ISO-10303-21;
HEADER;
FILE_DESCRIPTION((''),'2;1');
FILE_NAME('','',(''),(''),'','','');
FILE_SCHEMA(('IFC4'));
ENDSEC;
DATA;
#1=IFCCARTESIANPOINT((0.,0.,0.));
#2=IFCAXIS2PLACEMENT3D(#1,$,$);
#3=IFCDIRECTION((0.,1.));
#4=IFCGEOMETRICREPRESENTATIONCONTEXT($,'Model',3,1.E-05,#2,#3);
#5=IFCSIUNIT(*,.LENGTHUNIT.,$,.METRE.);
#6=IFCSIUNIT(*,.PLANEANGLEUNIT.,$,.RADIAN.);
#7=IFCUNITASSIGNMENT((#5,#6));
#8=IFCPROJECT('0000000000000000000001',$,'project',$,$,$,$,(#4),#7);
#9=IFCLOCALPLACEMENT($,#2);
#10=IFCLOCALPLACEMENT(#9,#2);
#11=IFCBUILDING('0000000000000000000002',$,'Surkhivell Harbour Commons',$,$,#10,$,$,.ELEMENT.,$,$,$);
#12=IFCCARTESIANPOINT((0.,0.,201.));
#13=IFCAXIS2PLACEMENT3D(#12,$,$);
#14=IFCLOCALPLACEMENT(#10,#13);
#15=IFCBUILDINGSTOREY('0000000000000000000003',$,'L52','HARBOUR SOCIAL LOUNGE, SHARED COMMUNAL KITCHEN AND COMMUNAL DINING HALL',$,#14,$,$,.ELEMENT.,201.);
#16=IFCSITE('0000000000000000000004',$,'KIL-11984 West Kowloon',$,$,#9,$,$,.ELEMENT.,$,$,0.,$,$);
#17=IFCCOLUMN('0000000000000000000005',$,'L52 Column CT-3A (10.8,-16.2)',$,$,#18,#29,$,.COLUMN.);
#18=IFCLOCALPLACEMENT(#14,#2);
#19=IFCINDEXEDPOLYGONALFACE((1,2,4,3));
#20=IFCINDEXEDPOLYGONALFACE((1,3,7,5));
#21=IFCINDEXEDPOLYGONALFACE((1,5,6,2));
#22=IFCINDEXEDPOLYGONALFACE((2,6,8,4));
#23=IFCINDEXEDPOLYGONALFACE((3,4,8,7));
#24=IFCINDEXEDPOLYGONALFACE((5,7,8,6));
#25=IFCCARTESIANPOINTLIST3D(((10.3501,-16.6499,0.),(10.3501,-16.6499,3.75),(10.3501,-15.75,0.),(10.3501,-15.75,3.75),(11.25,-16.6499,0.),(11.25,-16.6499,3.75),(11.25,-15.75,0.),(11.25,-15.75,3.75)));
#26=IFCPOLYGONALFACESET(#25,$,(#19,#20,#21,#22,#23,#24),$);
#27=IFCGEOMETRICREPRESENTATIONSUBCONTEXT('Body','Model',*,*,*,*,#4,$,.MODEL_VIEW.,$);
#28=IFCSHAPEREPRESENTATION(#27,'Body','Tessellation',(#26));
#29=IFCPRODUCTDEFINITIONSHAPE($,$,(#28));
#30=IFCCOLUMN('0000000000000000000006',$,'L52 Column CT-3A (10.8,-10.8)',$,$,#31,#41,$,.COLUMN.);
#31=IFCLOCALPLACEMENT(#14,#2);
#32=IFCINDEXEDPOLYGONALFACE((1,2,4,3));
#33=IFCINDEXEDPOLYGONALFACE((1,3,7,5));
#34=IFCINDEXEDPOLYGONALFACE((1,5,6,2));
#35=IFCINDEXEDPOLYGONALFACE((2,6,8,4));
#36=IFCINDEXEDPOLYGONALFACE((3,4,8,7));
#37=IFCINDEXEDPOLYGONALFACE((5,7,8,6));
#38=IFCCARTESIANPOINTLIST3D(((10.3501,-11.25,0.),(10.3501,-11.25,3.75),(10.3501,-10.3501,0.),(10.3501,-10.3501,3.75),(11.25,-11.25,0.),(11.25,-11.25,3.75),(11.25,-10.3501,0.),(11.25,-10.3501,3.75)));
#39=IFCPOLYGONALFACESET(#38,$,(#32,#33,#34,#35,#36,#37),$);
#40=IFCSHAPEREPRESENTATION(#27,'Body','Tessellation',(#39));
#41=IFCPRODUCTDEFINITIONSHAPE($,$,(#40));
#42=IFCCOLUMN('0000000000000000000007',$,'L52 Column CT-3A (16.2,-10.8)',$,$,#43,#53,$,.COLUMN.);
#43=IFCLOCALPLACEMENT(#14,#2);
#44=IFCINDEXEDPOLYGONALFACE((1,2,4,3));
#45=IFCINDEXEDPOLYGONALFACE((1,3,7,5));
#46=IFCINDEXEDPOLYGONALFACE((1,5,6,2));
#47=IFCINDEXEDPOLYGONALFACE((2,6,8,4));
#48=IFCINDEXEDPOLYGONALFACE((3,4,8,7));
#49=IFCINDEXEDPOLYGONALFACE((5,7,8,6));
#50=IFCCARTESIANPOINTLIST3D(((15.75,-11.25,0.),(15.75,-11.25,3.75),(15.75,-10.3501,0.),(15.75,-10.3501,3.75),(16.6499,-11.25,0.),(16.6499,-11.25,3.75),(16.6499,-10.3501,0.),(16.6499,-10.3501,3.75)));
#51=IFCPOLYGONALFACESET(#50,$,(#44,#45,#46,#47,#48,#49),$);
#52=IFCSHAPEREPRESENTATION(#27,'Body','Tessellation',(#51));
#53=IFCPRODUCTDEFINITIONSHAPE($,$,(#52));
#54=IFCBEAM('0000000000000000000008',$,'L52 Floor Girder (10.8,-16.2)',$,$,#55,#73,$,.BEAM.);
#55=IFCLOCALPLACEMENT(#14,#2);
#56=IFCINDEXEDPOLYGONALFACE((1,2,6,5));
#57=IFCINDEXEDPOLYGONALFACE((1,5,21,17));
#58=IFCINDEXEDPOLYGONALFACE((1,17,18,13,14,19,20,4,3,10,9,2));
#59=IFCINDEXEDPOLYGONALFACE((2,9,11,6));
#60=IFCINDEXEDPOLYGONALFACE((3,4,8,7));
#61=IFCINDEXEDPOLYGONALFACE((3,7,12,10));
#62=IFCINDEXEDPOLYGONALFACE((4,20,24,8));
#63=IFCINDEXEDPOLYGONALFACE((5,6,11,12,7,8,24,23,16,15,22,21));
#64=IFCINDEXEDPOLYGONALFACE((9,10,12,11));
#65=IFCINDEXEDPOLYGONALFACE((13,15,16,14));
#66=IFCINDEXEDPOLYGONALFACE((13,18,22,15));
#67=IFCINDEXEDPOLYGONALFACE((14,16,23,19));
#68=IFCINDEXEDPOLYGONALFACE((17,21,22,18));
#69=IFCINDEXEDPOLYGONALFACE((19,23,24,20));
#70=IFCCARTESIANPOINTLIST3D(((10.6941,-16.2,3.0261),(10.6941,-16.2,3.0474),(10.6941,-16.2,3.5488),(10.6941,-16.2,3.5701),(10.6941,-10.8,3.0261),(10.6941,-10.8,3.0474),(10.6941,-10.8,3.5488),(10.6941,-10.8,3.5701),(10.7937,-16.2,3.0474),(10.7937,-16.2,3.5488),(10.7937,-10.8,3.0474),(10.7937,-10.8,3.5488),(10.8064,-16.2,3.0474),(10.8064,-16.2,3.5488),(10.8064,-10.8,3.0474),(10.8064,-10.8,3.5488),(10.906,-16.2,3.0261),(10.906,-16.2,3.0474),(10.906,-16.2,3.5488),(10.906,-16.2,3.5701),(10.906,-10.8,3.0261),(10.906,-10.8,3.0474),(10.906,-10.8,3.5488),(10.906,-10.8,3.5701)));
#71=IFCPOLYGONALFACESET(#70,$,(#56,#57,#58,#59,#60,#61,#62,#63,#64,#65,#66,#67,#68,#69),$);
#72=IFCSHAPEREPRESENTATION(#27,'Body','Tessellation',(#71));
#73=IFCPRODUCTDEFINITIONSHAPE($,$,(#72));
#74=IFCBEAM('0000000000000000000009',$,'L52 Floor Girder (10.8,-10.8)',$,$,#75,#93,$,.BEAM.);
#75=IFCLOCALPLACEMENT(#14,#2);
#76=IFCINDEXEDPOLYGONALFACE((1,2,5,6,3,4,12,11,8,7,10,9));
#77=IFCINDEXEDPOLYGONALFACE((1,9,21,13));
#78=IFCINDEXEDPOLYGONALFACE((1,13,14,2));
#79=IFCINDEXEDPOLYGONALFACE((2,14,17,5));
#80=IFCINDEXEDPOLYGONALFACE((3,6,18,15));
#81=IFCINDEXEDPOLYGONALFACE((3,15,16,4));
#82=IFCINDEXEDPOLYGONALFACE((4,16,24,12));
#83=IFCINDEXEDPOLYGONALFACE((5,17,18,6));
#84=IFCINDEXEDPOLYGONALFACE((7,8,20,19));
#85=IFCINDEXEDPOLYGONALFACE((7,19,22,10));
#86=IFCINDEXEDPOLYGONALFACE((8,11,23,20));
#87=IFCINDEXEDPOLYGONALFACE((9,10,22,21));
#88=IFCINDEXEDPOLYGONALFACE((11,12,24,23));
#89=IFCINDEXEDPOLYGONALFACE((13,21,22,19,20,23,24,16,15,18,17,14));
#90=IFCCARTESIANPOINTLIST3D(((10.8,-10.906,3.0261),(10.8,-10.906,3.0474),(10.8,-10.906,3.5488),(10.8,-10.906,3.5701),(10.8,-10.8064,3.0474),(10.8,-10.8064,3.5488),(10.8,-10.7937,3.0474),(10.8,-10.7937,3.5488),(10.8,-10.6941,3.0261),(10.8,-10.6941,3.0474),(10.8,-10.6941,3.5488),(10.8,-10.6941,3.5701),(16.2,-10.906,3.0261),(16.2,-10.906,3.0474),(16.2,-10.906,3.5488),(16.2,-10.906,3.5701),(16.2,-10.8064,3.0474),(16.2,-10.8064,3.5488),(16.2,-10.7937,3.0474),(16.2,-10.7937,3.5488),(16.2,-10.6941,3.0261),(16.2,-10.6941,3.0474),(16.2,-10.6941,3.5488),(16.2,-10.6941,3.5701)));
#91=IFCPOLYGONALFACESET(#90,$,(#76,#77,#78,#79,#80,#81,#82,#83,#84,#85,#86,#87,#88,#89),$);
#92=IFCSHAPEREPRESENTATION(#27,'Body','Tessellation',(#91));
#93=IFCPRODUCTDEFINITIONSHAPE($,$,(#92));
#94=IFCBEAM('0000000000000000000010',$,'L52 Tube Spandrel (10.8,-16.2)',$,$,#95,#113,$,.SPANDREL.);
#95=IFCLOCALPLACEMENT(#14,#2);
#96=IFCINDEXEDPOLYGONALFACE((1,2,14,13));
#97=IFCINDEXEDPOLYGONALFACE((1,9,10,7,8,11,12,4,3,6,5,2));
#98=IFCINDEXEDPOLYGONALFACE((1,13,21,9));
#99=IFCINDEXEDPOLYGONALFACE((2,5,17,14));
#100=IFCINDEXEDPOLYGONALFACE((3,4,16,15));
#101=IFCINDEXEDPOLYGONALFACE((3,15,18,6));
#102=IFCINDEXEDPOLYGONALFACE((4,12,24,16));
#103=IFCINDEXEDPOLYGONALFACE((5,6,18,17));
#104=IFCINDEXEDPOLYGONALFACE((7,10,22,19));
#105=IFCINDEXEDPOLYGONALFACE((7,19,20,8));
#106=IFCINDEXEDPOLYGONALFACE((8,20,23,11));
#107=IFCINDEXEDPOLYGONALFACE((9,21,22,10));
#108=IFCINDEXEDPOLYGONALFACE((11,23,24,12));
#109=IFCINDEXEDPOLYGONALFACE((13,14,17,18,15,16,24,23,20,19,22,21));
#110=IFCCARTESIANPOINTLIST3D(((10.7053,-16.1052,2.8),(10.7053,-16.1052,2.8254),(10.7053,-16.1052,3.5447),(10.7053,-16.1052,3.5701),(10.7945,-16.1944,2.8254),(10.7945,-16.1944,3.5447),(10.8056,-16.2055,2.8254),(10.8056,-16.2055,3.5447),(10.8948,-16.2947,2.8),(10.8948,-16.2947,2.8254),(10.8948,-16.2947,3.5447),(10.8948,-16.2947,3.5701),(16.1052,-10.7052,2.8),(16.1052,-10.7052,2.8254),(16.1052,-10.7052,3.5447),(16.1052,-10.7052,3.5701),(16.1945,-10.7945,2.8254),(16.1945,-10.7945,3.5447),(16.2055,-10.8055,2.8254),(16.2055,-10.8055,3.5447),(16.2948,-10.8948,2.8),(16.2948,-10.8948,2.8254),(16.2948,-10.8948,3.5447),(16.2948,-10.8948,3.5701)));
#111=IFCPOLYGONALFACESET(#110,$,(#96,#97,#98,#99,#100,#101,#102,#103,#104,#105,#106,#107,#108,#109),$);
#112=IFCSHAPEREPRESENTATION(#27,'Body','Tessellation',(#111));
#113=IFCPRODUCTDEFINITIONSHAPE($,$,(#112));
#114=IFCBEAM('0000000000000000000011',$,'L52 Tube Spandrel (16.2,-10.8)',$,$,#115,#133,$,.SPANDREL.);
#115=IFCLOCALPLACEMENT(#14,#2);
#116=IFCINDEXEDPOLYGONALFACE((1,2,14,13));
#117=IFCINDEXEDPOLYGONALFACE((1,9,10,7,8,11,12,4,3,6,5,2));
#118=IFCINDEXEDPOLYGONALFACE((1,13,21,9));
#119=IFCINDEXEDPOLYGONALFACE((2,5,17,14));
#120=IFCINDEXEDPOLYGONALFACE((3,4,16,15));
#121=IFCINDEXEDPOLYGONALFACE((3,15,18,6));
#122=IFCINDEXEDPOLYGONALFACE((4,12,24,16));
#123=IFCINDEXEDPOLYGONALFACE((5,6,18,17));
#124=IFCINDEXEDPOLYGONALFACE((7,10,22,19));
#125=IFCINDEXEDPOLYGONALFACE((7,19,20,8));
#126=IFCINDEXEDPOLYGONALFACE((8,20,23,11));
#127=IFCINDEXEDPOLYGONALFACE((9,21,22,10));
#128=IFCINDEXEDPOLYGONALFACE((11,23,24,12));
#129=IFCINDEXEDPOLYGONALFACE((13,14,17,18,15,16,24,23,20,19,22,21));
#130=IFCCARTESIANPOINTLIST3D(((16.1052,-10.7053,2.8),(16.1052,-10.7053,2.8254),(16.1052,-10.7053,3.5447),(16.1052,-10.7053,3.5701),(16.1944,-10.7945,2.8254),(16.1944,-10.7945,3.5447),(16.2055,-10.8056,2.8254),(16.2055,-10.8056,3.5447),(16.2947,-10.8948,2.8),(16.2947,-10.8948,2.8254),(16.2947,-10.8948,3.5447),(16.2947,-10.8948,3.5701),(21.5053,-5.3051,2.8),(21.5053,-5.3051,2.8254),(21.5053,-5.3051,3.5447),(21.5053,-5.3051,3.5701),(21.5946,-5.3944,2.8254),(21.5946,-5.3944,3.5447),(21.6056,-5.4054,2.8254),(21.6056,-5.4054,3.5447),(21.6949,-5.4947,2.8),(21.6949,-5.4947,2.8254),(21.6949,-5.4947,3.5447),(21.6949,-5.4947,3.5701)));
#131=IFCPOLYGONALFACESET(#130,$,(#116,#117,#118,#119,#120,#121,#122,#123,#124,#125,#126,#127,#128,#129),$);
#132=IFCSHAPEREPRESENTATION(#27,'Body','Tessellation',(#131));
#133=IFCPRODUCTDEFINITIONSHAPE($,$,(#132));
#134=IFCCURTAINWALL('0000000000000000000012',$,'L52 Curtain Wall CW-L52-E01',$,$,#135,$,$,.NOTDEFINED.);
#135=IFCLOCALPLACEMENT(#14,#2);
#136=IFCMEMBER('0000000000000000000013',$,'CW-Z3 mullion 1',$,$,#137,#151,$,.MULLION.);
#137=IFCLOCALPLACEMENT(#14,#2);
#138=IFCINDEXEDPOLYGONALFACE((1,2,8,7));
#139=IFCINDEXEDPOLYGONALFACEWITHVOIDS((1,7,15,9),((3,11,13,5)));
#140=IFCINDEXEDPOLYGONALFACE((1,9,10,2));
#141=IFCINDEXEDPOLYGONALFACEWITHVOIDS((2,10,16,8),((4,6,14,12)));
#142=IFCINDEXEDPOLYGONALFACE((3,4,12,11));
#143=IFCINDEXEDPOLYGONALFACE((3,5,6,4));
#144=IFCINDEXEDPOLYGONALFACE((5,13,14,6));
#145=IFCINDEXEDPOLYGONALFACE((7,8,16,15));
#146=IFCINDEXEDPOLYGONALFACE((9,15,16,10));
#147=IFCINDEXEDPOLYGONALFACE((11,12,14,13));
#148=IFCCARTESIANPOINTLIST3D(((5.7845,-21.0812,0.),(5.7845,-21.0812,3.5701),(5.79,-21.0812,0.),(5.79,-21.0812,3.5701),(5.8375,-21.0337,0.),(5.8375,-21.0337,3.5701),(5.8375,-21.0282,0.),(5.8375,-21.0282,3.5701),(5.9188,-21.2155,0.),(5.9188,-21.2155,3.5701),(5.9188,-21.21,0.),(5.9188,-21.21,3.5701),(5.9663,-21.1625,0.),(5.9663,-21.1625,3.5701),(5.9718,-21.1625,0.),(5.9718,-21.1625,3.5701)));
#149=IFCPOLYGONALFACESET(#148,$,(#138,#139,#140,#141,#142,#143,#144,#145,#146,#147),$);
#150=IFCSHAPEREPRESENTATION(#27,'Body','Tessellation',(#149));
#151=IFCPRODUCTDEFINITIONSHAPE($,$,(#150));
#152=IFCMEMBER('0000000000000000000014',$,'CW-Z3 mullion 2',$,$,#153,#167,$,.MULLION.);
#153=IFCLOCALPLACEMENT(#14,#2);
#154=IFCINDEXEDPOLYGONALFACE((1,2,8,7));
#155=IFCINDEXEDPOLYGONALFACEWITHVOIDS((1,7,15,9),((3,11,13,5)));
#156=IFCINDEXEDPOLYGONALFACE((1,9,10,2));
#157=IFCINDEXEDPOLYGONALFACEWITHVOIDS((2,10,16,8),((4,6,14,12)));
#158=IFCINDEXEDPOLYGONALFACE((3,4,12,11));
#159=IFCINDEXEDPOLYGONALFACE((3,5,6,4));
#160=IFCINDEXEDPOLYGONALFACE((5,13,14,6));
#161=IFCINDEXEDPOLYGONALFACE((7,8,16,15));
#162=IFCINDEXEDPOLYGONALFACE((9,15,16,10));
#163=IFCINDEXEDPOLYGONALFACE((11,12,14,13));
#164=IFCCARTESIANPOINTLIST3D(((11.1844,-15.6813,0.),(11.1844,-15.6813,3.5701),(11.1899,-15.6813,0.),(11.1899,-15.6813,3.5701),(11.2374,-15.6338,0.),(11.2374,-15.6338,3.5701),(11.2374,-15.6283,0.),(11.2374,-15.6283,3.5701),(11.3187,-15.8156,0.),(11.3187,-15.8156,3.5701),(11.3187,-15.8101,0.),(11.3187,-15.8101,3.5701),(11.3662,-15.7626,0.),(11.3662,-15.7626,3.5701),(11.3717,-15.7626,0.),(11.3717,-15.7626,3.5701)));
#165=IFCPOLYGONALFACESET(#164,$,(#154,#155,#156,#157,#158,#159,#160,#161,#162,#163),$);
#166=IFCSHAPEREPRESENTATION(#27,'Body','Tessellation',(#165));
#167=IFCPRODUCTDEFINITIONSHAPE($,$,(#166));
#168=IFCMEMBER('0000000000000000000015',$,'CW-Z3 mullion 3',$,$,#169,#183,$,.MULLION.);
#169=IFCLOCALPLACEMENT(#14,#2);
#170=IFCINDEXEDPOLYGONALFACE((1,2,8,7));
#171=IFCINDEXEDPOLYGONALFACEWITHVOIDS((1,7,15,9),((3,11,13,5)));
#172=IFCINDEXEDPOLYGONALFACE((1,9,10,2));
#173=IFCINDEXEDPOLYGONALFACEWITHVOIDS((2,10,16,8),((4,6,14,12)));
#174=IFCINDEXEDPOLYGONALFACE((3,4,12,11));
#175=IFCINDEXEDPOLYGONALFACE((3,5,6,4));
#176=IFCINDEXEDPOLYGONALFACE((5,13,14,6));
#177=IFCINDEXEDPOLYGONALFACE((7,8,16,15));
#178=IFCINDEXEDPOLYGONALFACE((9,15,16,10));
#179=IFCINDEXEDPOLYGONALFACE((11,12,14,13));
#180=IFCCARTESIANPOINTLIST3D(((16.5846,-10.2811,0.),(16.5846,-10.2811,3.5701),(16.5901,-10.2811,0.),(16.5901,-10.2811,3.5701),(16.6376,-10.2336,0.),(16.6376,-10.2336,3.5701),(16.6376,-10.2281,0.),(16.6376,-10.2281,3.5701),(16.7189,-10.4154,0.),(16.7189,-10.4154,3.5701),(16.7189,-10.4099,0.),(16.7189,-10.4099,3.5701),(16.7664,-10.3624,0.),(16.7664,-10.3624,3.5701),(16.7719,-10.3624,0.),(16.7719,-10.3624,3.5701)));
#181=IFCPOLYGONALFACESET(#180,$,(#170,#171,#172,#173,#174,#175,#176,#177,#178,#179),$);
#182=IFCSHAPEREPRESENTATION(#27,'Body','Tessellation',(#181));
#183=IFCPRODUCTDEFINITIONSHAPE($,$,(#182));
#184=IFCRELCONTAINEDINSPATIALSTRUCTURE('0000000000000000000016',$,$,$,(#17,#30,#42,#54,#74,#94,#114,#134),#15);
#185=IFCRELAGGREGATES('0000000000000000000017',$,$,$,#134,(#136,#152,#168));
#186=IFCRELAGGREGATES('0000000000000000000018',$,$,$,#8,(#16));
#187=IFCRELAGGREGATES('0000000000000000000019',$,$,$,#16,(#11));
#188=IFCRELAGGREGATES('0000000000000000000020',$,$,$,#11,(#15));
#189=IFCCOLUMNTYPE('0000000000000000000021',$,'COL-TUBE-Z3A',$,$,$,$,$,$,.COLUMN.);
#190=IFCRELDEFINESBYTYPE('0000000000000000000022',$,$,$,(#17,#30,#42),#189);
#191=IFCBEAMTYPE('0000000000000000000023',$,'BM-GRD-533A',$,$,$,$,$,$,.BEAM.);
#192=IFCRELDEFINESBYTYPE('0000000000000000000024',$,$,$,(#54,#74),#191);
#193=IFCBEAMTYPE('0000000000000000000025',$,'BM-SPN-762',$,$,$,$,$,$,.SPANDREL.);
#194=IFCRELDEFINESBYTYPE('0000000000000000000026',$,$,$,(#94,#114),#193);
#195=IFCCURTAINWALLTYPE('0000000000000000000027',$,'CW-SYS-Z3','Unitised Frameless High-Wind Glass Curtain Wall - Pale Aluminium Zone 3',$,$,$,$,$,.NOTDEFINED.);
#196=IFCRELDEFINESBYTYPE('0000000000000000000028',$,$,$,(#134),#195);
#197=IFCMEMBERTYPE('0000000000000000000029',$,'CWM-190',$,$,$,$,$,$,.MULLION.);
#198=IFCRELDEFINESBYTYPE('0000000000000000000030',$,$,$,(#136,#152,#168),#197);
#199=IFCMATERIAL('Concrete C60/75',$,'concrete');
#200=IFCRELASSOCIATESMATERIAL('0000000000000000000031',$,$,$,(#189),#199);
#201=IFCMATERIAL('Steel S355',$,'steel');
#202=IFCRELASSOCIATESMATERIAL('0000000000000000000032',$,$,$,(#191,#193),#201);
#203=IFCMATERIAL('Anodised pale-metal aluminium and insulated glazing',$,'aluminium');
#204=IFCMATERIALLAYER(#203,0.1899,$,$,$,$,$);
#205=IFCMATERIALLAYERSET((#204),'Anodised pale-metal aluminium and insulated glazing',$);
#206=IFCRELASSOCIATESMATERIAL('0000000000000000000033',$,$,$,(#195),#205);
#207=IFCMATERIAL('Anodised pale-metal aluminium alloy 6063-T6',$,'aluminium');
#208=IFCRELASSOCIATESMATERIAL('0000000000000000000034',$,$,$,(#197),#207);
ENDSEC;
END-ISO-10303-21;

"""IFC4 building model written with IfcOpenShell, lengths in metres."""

from ifc_helpers import new_model, si_unit, direction, frame, origin, origin_2d, place, context, subcontext, project, spatial, rectangle, hollow_rectangle, i_section, extrude, material, layer, layer_set, material_profile, profile_set, type_object, element, aggregate, save


model = new_model("IFC4")

# Units and contexts
model_context = context("Model", 3, precision=1e-05, world=origin(), true_north=direction((0.0, 1.0)))
body_context = subcontext(model_context, "Body", "Model", "MODEL_VIEW")
ifc_project = project(units=[si_unit("LENGTHUNIT", "METRE"), si_unit("PLANEANGLEUNIT", "RADIAN")], contexts=[model_context])

# Site, building, storey
site_placement = place(None, origin())
site = spatial("IfcSite", under=ifc_project, at=site_placement, Name="KIL-11984 West Kowloon", CompositionType="ELEMENT", RefElevation=0.0)
building_placement = place(site_placement, origin())
building = spatial("IfcBuilding", under=site, at=building_placement, Name="Surkhivell Harbour Commons", CompositionType="ELEMENT")
storey_placement = place(building_placement, frame((0.0, 0.0, 201.0)))
storey = spatial("IfcBuildingStorey", under=building, at=storey_placement, Name="L52", Description="HARBOUR SOCIAL LOUNGE, SHARED COMMUNAL KITCHEN AND COMMUNAL DINING HALL", CompositionType="ELEMENT", Elevation=201.0)

# Columns
ifc_material_1 = material(Name="Concrete C60/75", Category="concrete")
ifc_material_profile_1 = material_profile(ifc_material_1, rectangle(XDim=0.8999, YDim=0.8999, at=origin_2d()), Name="RC-COL-900x900")
ifc_profile_set_1 = profile_set([ifc_material_profile_1], Name="Concrete C60/75")
column_type = type_object("IfcColumnType", Name="COL-TUBE-Z3A", PredefinedType="COLUMN", material=ifc_profile_set_1)
for number, where, z_axis, x_axis, name in (
    (1, (10.8, -16.2, 0.0), (0.0, 0.0, 1.0), (1.0, 0.0, 0.0), "L52 Column CT-3A (10.8,-16.2)"),
    (2, (10.8, -10.8, 0.0), (0.0, 0.0, 1.0), (1.0, 0.0, 0.0), "L52 Column CT-3A (10.8,-10.8)"),
    (3, (16.2, -10.8, 0.0), (0.0, 0.0, 1.0), (1.0, 0.0, 0.0), "L52 Column CT-3A (16.2,-10.8)"),
):
    element("IfcColumn", number, at=place(storey_placement, frame(where, z_axis=z_axis, x_axis=x_axis)), inside=storey, type_object=column_type, Name=name, PredefinedType="COLUMN", context=body_context, shape_type="SweptSolid", body=[
        extrude(rectangle(XDim=0.8999, YDim=0.8999, at=origin_2d()), origin(), (0.0, 0.0, 1.0), 3.75),
    ])

# Beams
ifc_material_2 = material(Name="Steel S355", Category="steel")
ifc_material_profile_2 = material_profile(ifc_material_2, i_section(OverallWidth=0.2119, OverallDepth=0.5439, WebThickness=0.0127, FlangeThickness=0.0212, at=origin_2d()), Name="UB533x210x122")
ifc_profile_set_2 = profile_set([ifc_material_profile_2], Name="Steel S355")
beam_type_1 = type_object("IfcBeamType", Name="BM-GRD-533A", PredefinedType="BEAM", material=ifc_profile_set_2)
for number, where, z_axis, x_axis, name in (
    (4, (10.8, -16.2, 3.2981), (0.0, 1.0, 0.0), (-1.0, 0.0, 0.0), "L52 Floor Girder (10.8,-16.2)"),
    (5, (10.8, -10.8, 3.2981), (1.0, 0.0, 0.0), (0.0, 1.0, 0.0), "L52 Floor Girder (10.8,-10.8)"),
):
    element("IfcBeam", number, at=place(storey_placement, frame(where, z_axis=z_axis, x_axis=x_axis)), inside=storey, type_object=beam_type_1, Name=name, PredefinedType="BEAM", context=body_context, shape_type="SweptSolid", body=[
        extrude(i_section(OverallWidth=0.2119, OverallDepth=0.5439, WebThickness=0.0127, FlangeThickness=0.0212, at=origin_2d()), origin(), (0.0, 0.0, 1.0), 5.3999),
    ])
ifc_material_profile_3 = material_profile(ifc_material_2, i_section(OverallWidth=0.2681, OverallDepth=0.77, WebThickness=0.0156, FlangeThickness=0.0254, at=origin_2d()), Name="UB762x267x197")
ifc_profile_set_3 = profile_set([ifc_material_profile_3], Name="Steel S355")
beam_type_2 = type_object("IfcBeamType", Name="BM-SPN-762", PredefinedType="SPANDREL", material=ifc_profile_set_3)
beam_1_placement = place(storey_placement, frame((10.8, -16.2, 3.1851), z_axis=(0.707107, 0.707107, 0.0), x_axis=(-0.707107, 0.707107, 0.0)))
element("IfcBeam", 6, at=beam_1_placement, inside=storey, type_object=beam_type_2, Name="L52 Tube Spandrel (10.8,-16.2)", PredefinedType="SPANDREL", context=body_context, shape_type="SweptSolid", body=[
    extrude(i_section(OverallWidth=0.2681, OverallDepth=0.77, WebThickness=0.0156, FlangeThickness=0.0254, at=origin_2d()), origin(), (0.0, 0.0, 1.0), 7.6367),
])
beam_2_placement = place(storey_placement, frame((16.2, -10.8, 3.1851), z_axis=(0.707107, 0.707107, 0.0), x_axis=(-0.707107, 0.707107, 0.0)))
element("IfcBeam", 7, at=beam_2_placement, inside=storey, type_object=beam_type_2, Name="L52 Tube Spandrel (16.2,-10.8)", PredefinedType="SPANDREL", context=body_context, shape_type="SweptSolid", body=[
    extrude(i_section(OverallWidth=0.2681, OverallDepth=0.77, WebThickness=0.0156, FlangeThickness=0.0254, at=origin_2d()), origin(), (0.0, 0.0, 1.0), 7.637),
])

# Curtain wall, members
ifc_material_3 = material(Name="Anodised pale-metal aluminium and insulated glazing", Category="aluminium")
ifc_layer_1 = layer(ifc_material_3, 0.1899)
ifc_layer_set_1 = layer_set([ifc_layer_1], Name="Anodised pale-metal aluminium and insulated glazing")
curtain_wall_type = type_object("IfcCurtainWallType", Name="CW-SYS-Z3", Description="Unitised Frameless High-Wind Glass Curtain Wall - Pale Aluminium Zone 3", PredefinedType="NOTDEFINED", material=ifc_layer_set_1)
curtain_wall_placement = place(storey_placement, origin())
curtain_wall = element("IfcCurtainWall", 8, at=curtain_wall_placement, inside=storey, type_object=curtain_wall_type, Name="L52 Curtain Wall CW-L52-E01", PredefinedType="NOTDEFINED")
ifc_material_4 = material(Name="Anodised pale-metal aluminium alloy 6063-T6", Category="aluminium")
ifc_material_profile_4 = material_profile(ifc_material_4, hollow_rectangle(XDim=0.075, YDim=0.1899, WallThickness=0.0039, at=origin_2d()), Name="ALU-MULL-75x190")
ifc_profile_set_4 = profile_set([ifc_material_profile_4], Name="Anodised pale-metal aluminium alloy 6063-T6")
member_type_1 = type_object("IfcMemberType", Name="CWM-190", PredefinedType="MULLION", material=ifc_profile_set_4)
member_1_placement = place(storey_placement, frame((5.8782, -21.1218, 0.0), z_axis=(0.0, 0.0, 1.0), x_axis=(0.707107, 0.707107, 0.0)))
member_1 = element("IfcMember", 9, at=member_1_placement, type_object=member_type_1, Name="CW-Z3 mullion 1", PredefinedType="MULLION", context=body_context, shape_type="SweptSolid", body=[
    extrude(hollow_rectangle(XDim=0.075, YDim=0.1899, WallThickness=0.0039, at=origin_2d()), origin(), (0.0, 0.0, 1.0), 3.5701),
])
member_2_placement = place(storey_placement, frame((11.2781, -15.7219, 0.0), z_axis=(0.0, 0.0, 1.0), x_axis=(0.707107, 0.707107, 0.0)))
member_2 = element("IfcMember", 10, at=member_2_placement, type_object=member_type_1, Name="CW-Z3 mullion 2", PredefinedType="MULLION", context=body_context, shape_type="SweptSolid", body=[
    extrude(hollow_rectangle(XDim=0.075, YDim=0.1899, WallThickness=0.0039, at=origin_2d()), origin(), (0.0, 0.0, 1.0), 3.5701),
])
member_3_placement = place(storey_placement, frame((16.6782, -10.3218, 0.0), z_axis=(0.0, 0.0, 1.0), x_axis=(0.707107, 0.707107, 0.0)))
member_3 = element("IfcMember", 11, at=member_3_placement, type_object=member_type_1, Name="CW-Z3 mullion 3", PredefinedType="MULLION", context=body_context, shape_type="SweptSolid", body=[
    extrude(hollow_rectangle(XDim=0.075, YDim=0.1899, WallThickness=0.0039, at=origin_2d()), origin(), (0.0, 0.0, 1.0), 3.5701),
])
aggregate(curtain_wall, [member_1, member_2, member_3])

save(model, "model.ifc")
